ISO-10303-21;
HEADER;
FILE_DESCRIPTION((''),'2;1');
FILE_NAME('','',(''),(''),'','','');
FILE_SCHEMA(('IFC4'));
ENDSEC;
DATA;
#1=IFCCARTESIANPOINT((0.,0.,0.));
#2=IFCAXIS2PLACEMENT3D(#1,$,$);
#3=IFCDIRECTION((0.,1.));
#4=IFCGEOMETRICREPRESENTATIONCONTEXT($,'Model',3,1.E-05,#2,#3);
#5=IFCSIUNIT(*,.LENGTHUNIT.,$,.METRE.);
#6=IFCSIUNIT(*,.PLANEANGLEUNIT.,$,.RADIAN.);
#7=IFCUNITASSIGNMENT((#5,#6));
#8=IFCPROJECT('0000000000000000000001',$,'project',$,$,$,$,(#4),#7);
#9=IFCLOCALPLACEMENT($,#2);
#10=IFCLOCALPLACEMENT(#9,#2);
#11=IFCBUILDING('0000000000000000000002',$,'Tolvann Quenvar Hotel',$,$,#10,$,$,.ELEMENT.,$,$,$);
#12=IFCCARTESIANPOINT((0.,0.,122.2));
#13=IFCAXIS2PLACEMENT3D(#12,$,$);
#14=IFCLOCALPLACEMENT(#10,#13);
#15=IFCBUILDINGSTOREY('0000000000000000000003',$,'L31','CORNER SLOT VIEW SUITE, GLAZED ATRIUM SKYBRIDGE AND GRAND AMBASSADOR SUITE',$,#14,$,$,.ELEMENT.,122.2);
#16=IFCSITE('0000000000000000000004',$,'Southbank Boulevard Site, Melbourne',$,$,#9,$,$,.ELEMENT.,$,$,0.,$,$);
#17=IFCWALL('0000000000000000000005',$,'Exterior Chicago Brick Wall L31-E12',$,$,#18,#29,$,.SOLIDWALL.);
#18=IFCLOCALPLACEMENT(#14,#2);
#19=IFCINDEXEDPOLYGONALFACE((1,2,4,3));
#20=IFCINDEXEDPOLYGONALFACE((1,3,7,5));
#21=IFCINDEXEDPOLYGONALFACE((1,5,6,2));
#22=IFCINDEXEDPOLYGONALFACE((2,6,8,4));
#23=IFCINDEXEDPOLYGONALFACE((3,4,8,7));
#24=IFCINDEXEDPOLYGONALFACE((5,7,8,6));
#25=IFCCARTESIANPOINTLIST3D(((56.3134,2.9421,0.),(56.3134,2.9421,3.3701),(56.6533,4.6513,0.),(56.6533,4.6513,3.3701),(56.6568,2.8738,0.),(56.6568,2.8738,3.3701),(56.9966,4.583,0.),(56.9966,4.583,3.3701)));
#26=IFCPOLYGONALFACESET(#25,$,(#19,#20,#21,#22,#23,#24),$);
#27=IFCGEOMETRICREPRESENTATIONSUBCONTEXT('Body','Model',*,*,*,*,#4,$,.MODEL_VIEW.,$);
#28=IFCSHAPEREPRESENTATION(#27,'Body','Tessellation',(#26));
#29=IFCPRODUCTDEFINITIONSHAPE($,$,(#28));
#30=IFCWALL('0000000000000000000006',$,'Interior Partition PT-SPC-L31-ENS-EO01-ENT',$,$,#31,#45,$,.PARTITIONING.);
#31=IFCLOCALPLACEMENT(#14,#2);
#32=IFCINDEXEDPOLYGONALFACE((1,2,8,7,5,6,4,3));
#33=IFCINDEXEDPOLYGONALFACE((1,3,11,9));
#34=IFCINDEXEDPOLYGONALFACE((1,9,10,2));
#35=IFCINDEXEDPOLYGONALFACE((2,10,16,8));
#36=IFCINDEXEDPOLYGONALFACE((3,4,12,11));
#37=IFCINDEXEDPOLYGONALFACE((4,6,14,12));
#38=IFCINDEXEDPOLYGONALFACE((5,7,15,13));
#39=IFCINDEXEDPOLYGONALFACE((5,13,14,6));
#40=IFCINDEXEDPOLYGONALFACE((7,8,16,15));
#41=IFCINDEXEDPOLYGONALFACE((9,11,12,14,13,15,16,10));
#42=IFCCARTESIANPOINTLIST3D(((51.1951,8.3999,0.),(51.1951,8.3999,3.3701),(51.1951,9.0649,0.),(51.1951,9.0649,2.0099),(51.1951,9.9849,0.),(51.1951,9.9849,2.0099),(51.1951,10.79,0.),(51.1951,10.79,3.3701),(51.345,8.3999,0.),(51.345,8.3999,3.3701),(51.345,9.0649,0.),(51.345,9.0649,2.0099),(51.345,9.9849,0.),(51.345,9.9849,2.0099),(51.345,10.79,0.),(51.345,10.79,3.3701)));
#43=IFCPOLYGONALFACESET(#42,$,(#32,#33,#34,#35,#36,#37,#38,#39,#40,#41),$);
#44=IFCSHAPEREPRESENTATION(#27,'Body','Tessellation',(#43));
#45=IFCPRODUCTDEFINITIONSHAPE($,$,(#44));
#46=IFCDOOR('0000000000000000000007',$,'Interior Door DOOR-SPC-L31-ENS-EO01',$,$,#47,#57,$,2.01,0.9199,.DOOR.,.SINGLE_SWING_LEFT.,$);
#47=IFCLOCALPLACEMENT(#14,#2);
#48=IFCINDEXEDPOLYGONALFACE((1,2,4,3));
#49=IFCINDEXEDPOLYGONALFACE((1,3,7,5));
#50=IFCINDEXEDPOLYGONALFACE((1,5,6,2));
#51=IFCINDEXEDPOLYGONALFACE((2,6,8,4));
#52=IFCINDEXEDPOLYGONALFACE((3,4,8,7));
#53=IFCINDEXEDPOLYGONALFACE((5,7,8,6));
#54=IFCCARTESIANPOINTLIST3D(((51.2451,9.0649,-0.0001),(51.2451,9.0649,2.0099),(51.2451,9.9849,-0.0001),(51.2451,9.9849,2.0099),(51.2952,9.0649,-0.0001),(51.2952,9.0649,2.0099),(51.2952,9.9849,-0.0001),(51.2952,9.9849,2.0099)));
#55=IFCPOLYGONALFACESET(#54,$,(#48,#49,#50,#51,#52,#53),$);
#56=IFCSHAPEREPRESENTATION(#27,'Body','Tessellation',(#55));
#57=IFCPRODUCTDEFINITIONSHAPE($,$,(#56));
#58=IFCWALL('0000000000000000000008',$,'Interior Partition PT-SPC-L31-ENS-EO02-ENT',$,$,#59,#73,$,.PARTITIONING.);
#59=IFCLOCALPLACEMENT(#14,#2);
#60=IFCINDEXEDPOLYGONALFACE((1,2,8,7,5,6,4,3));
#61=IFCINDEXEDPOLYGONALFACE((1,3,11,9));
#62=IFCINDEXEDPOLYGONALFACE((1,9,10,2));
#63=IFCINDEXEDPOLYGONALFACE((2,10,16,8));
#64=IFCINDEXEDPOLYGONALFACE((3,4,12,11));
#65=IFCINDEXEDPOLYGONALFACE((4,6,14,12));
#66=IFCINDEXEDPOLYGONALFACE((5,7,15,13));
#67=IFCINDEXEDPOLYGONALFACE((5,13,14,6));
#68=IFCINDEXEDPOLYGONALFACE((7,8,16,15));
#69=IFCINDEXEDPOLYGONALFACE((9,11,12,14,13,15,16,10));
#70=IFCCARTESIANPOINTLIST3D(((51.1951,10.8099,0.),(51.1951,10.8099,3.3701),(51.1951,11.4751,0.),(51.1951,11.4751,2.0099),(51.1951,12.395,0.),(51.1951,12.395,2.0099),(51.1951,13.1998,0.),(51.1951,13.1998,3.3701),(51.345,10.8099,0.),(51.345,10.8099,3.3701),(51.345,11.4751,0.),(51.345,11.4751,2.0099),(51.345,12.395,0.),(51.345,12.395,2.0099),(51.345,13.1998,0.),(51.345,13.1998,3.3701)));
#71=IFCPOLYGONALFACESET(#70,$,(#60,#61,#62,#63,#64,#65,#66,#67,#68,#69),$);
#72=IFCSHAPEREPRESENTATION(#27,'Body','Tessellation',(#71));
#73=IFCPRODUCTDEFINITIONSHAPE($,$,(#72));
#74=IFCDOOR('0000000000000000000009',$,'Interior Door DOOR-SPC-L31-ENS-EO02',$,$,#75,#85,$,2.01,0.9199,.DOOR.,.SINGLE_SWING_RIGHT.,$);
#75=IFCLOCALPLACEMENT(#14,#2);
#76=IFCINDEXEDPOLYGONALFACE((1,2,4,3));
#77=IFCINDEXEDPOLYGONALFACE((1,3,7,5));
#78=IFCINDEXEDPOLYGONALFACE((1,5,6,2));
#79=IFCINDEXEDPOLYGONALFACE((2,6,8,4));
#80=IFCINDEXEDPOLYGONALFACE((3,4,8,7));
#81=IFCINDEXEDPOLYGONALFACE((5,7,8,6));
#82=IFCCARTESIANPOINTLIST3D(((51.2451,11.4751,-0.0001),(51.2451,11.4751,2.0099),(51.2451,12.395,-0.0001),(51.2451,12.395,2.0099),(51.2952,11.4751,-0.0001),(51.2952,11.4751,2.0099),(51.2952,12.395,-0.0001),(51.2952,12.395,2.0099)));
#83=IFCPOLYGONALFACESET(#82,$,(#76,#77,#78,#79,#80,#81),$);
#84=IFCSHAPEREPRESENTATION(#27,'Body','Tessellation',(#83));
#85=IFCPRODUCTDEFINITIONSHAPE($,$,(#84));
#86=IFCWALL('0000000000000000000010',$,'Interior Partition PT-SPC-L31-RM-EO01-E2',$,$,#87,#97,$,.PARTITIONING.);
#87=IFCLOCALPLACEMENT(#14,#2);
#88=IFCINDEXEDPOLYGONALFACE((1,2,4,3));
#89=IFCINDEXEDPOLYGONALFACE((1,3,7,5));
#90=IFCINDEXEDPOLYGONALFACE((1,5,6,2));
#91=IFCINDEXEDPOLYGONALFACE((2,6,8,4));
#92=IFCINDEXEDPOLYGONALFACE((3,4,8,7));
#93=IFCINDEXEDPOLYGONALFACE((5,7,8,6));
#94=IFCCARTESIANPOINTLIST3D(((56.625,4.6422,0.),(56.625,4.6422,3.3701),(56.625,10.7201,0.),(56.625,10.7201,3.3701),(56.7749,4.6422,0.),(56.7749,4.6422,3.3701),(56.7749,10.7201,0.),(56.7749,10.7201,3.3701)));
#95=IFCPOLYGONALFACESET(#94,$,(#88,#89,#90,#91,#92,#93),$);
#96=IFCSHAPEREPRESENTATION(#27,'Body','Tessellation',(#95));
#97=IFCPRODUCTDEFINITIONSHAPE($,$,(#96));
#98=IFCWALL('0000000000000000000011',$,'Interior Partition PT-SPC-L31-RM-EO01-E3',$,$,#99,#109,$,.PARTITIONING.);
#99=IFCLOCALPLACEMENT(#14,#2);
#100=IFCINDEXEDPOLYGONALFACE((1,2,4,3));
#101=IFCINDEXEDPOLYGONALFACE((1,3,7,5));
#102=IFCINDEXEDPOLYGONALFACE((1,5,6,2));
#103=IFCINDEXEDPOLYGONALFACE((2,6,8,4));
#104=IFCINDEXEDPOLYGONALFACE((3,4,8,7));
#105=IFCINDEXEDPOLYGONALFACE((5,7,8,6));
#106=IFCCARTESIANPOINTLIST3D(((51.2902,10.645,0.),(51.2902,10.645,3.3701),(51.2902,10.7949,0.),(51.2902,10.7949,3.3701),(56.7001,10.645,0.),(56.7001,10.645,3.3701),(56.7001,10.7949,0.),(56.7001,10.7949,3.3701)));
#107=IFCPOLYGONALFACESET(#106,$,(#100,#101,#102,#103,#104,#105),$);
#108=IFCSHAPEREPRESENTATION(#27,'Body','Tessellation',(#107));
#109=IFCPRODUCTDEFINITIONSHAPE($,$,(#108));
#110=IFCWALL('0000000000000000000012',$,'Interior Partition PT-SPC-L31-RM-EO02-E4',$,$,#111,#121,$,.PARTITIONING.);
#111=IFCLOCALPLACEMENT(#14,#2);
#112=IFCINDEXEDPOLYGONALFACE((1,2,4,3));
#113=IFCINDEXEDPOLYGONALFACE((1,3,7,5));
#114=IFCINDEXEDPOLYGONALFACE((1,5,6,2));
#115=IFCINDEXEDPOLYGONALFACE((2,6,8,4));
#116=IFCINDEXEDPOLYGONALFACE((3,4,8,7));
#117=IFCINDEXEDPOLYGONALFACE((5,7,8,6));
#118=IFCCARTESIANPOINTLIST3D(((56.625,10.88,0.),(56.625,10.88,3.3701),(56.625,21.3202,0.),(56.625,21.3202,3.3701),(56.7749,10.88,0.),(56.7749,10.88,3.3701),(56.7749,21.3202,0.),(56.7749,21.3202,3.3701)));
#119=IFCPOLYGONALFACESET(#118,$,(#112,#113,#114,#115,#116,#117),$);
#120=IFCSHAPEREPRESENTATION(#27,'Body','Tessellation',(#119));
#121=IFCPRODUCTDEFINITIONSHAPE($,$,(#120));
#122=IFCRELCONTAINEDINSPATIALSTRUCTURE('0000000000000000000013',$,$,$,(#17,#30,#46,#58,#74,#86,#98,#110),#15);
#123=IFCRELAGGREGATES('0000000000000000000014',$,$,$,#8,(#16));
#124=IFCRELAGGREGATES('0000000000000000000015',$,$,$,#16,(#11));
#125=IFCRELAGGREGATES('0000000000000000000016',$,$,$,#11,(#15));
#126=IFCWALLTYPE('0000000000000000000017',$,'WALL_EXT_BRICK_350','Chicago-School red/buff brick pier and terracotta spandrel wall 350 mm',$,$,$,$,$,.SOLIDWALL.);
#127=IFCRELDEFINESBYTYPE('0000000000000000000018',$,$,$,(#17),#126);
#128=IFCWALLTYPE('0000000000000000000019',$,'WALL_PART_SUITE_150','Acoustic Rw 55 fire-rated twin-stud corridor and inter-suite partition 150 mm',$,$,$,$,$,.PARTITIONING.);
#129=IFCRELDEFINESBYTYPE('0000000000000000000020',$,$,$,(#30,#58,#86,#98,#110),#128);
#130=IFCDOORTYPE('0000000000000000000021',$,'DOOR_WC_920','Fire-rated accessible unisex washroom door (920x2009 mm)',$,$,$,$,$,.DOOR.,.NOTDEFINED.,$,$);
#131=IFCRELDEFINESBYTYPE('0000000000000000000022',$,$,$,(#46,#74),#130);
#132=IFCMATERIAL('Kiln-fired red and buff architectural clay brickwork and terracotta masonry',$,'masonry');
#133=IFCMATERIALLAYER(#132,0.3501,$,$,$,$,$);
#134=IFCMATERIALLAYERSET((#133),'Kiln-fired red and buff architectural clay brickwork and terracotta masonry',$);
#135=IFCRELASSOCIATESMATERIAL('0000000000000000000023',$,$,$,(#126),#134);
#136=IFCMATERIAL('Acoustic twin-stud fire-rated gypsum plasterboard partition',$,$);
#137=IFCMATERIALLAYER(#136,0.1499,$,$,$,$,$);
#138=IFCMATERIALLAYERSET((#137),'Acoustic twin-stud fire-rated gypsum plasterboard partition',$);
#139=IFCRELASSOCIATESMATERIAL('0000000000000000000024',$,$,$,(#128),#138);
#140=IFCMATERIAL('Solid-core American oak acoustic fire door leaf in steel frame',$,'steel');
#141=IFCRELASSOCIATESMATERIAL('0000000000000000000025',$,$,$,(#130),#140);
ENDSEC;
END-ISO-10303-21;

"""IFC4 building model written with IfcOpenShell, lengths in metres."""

from ifc_helpers import new_model, si_unit, direction, frame, frame_2d, origin, place, context, subcontext, project, spatial, rectangle, extrude, source, transform, mapped, material, layer, layer_set, type_object, type_shapes, element, fill, save


model = new_model("IFC4")

# Units and contexts
model_context = context("Model", 3, precision=1e-05, world=origin(), true_north=direction((0.0, 1.0)))
body_context = subcontext(model_context, "Body", "Model", "MODEL_VIEW")
ifc_project = project(units=[si_unit("LENGTHUNIT", "METRE"), si_unit("PLANEANGLEUNIT", "RADIAN")], contexts=[model_context])

# Site, building, storey
site_placement = place(None, origin())
site = spatial("IfcSite", under=ifc_project, at=site_placement, Name="Southbank Boulevard Site, Melbourne", CompositionType="ELEMENT", RefElevation=0.0)
building_placement = place(site_placement, origin())
building = spatial("IfcBuilding", under=site, at=building_placement, Name="Tolvann Quenvar Hotel", CompositionType="ELEMENT")
storey_placement = place(building_placement, frame((0.0, 0.0, 122.2)))
storey = spatial("IfcBuildingStorey", under=building, at=storey_placement, Name="L31", Description="CORNER SLOT VIEW SUITE, GLAZED ATRIUM SKYBRIDGE AND GRAND AMBASSADOR SUITE", CompositionType="ELEMENT", Elevation=122.2)

# Wall
ifc_material_1 = material(Name="Kiln-fired red and buff architectural clay brickwork and terracotta masonry", Category="masonry")
ifc_layer_1 = layer(ifc_material_1, 0.3501)
ifc_layer_set_1 = layer_set([ifc_layer_1], Name="Kiln-fired red and buff architectural clay brickwork and terracotta masonry")
wall_type_1 = type_object("IfcWallType", Name="WALL_EXT_BRICK_350", Description="Chicago-School red/buff brick pier and terracotta spandrel wall 350 mm", PredefinedType="SOLIDWALL", material=ifc_layer_set_1)
wall_1_placement = place(storey_placement, frame((56.4851, 2.908, 0.0), z_axis=(0.0, 0.0, 1.0), x_axis=(0.195011, 0.980801, 0.0)))
element("IfcWall", 1, at=wall_1_placement, inside=storey, type_object=wall_type_1, Name="Exterior Chicago Brick Wall L31-E12", PredefinedType="SOLIDWALL", context=body_context, shape_type="SweptSolid", body=[
    extrude(rectangle(XDim=1.7427, YDim=0.3501, at=frame_2d((0.8713, 0.0))), origin(), (0.0, 0.0, 1.0), 3.3701),
])

# Walls, openings, doors
ifc_material_2 = material(Name="Acoustic twin-stud fire-rated gypsum plasterboard partition")
ifc_layer_2 = layer(ifc_material_2, 0.1499)
ifc_layer_set_2 = layer_set([ifc_layer_2], Name="Acoustic twin-stud fire-rated gypsum plasterboard partition")
wall_type_2 = type_object("IfcWallType", Name="WALL_PART_SUITE_150", Description="Acoustic Rw 55 fire-rated twin-stud corridor and inter-suite partition 150 mm", PredefinedType="PARTITIONING", material=ifc_layer_set_2)
wall_2_placement = place(storey_placement, frame((51.27, 8.3999, 0.0), z_axis=(0.0, 0.0, 1.0), x_axis=(0.0, 1.0, 0.0)))
wall_2 = element("IfcWall", 2, at=wall_2_placement, inside=storey, type_object=wall_type_2, Name="Interior Partition PT-SPC-L31-ENS-EO01-ENT", PredefinedType="PARTITIONING", context=body_context, shape_type="SweptSolid", body=[
    extrude(rectangle(XDim=2.3901, YDim=0.1499, at=frame_2d((1.1951, 0.0))), origin(), (0.0, 0.0, 1.0), 3.3701),
])
opening_1_placement = place(wall_2_placement, frame((0.665, 0.0, 0.0)))
opening_1 = element("IfcOpeningElement", 3, at=opening_1_placement, cuts=wall_2, PredefinedType="OPENING", context=body_context, shape_type="SweptSolid", body=[
    extrude(rectangle(XDim=0.9199, YDim=2.01, at=frame_2d((0.46, 1.0049))), frame((0.0, 0.085, 0.0), z_axis=(0.0, -1.0, 0.0), x_axis=(1.0, 0.0, 0.0)), (0.0, 0.0, 1.0), 0.1699),
])
ifc_material_3 = material(Name="Solid-core American oak acoustic fire door leaf in steel frame", Category="steel")
door_type = type_object("IfcDoorType", Name="DOOR_WC_920", Description="Fire-rated accessible unisex washroom door (920x2009 mm)", OperationType="NOTDEFINED", PredefinedType="DOOR", material=ifc_material_3)
shared_shape_1 = source(origin(), body_context, "Body", "SweptSolid", [
    extrude(rectangle(XDim=0.9199, YDim=2.01, at=frame_2d((0.46, 1.0049))), frame((0.0, 0.0249, 0.0), z_axis=(0.0, -1.0, 0.0), x_axis=(1.0, 0.0, 0.0)), (0.0, 0.0, 1.0), 0.05),
])
type_shapes(door_type, [shared_shape_1])
door_1_placement = place(opening_1_placement, origin())
door_1 = element("IfcDoor", 4, at=door_1_placement, inside=storey, type_object=door_type, Name="Interior Door DOOR-SPC-L31-ENS-EO01", OperationType="SINGLE_SWING_LEFT", OverallHeight=2.01, OverallWidth=0.9199, PredefinedType="DOOR", context=body_context, shape_type="MappedRepresentation", body=[
    mapped(shared_shape_1, transform((0.0, 0.0, 0.0), x_axis=(1.0, 0.0, 0.0), y_axis=(0.0, 1.0, 0.0), z_axis=(0.0, 0.0, 1.0), scale=1.0)),
])
fill(opening_1, door_1)
wall_3_placement = place(storey_placement, frame((51.27, 10.8101, 0.0), z_axis=(0.0, 0.0, 1.0), x_axis=(0.0, 1.0, 0.0)))
wall_3 = element("IfcWall", 5, at=wall_3_placement, inside=storey, type_object=wall_type_2, Name="Interior Partition PT-SPC-L31-ENS-EO02-ENT", PredefinedType="PARTITIONING", context=body_context, shape_type="SweptSolid", body=[
    extrude(rectangle(XDim=2.3899, YDim=0.1499, at=frame_2d((1.1948, 0.0))), origin(), (0.0, 0.0, 1.0), 3.3701),
])
opening_2_placement = place(wall_3_placement, frame((0.665, 0.0, 0.0)))
opening_2 = element("IfcOpeningElement", 6, at=opening_2_placement, cuts=wall_3, PredefinedType="OPENING", context=body_context, shape_type="SweptSolid", body=[
    extrude(rectangle(XDim=0.9199, YDim=2.01, at=frame_2d((0.46, 1.0049))), frame((0.0, 0.085, 0.0), z_axis=(0.0, -1.0, 0.0), x_axis=(1.0, 0.0, 0.0)), (0.0, 0.0, 1.0), 0.1699),
])
door_2_placement = place(opening_2_placement, origin())
door_2 = element("IfcDoor", 7, at=door_2_placement, inside=storey, type_object=door_type, Name="Interior Door DOOR-SPC-L31-ENS-EO02", OperationType="SINGLE_SWING_RIGHT", OverallHeight=2.01, OverallWidth=0.9199, PredefinedType="DOOR", context=body_context, shape_type="MappedRepresentation", body=[
    mapped(shared_shape_1, transform((0.0, 0.0, 0.0), x_axis=(1.0, 0.0, 0.0), y_axis=(0.0, 1.0, 0.0), z_axis=(0.0, 0.0, 1.0), scale=1.0)),
])
fill(opening_2, door_2)

# Walls
wall_4_placement = place(storey_placement, frame((56.7, 4.6421, 0.0), z_axis=(0.0, 0.0, 1.0), x_axis=(0.0, 1.0, 0.0)))
element("IfcWall", 8, at=wall_4_placement, inside=storey, type_object=wall_type_2, Name="Interior Partition PT-SPC-L31-RM-EO01-E2", PredefinedType="PARTITIONING", context=body_context, shape_type="SweptSolid", body=[
    extrude(rectangle(XDim=6.0779, YDim=0.1499, at=frame_2d((3.0391, 0.0))), origin(), (0.0, 0.0, 1.0), 3.3701),
])
wall_5_placement = place(storey_placement, frame((51.29, 10.72, 0.0), z_axis=(0.0, 0.0, 1.0), x_axis=(1.0, 0.0, 0.0)))
element("IfcWall", 9, at=wall_5_placement, inside=storey, type_object=wall_type_2, Name="Interior Partition PT-SPC-L31-RM-EO01-E3", PredefinedType="PARTITIONING", context=body_context, shape_type="SweptSolid", body=[
    extrude(rectangle(XDim=5.4099, YDim=0.1499, at=frame_2d((2.7051, 0.0))), origin(), (0.0, 0.0, 1.0), 3.3701),
])
wall_6_placement = place(storey_placement, frame((56.7, 10.8799, 0.0), z_axis=(0.0, 0.0, 1.0), x_axis=(0.0, 1.0, 0.0)))
element("IfcWall", 10, at=wall_6_placement, inside=storey, type_object=wall_type_2, Name="Interior Partition PT-SPC-L31-RM-EO02-E4", PredefinedType="PARTITIONING", context=body_context, shape_type="SweptSolid", body=[
    extrude(rectangle(XDim=10.4402, YDim=0.1499, at=frame_2d((5.2202, 0.0))), origin(), (0.0, 0.0, 1.0), 3.3701),
])

save(model, "model.ifc")
